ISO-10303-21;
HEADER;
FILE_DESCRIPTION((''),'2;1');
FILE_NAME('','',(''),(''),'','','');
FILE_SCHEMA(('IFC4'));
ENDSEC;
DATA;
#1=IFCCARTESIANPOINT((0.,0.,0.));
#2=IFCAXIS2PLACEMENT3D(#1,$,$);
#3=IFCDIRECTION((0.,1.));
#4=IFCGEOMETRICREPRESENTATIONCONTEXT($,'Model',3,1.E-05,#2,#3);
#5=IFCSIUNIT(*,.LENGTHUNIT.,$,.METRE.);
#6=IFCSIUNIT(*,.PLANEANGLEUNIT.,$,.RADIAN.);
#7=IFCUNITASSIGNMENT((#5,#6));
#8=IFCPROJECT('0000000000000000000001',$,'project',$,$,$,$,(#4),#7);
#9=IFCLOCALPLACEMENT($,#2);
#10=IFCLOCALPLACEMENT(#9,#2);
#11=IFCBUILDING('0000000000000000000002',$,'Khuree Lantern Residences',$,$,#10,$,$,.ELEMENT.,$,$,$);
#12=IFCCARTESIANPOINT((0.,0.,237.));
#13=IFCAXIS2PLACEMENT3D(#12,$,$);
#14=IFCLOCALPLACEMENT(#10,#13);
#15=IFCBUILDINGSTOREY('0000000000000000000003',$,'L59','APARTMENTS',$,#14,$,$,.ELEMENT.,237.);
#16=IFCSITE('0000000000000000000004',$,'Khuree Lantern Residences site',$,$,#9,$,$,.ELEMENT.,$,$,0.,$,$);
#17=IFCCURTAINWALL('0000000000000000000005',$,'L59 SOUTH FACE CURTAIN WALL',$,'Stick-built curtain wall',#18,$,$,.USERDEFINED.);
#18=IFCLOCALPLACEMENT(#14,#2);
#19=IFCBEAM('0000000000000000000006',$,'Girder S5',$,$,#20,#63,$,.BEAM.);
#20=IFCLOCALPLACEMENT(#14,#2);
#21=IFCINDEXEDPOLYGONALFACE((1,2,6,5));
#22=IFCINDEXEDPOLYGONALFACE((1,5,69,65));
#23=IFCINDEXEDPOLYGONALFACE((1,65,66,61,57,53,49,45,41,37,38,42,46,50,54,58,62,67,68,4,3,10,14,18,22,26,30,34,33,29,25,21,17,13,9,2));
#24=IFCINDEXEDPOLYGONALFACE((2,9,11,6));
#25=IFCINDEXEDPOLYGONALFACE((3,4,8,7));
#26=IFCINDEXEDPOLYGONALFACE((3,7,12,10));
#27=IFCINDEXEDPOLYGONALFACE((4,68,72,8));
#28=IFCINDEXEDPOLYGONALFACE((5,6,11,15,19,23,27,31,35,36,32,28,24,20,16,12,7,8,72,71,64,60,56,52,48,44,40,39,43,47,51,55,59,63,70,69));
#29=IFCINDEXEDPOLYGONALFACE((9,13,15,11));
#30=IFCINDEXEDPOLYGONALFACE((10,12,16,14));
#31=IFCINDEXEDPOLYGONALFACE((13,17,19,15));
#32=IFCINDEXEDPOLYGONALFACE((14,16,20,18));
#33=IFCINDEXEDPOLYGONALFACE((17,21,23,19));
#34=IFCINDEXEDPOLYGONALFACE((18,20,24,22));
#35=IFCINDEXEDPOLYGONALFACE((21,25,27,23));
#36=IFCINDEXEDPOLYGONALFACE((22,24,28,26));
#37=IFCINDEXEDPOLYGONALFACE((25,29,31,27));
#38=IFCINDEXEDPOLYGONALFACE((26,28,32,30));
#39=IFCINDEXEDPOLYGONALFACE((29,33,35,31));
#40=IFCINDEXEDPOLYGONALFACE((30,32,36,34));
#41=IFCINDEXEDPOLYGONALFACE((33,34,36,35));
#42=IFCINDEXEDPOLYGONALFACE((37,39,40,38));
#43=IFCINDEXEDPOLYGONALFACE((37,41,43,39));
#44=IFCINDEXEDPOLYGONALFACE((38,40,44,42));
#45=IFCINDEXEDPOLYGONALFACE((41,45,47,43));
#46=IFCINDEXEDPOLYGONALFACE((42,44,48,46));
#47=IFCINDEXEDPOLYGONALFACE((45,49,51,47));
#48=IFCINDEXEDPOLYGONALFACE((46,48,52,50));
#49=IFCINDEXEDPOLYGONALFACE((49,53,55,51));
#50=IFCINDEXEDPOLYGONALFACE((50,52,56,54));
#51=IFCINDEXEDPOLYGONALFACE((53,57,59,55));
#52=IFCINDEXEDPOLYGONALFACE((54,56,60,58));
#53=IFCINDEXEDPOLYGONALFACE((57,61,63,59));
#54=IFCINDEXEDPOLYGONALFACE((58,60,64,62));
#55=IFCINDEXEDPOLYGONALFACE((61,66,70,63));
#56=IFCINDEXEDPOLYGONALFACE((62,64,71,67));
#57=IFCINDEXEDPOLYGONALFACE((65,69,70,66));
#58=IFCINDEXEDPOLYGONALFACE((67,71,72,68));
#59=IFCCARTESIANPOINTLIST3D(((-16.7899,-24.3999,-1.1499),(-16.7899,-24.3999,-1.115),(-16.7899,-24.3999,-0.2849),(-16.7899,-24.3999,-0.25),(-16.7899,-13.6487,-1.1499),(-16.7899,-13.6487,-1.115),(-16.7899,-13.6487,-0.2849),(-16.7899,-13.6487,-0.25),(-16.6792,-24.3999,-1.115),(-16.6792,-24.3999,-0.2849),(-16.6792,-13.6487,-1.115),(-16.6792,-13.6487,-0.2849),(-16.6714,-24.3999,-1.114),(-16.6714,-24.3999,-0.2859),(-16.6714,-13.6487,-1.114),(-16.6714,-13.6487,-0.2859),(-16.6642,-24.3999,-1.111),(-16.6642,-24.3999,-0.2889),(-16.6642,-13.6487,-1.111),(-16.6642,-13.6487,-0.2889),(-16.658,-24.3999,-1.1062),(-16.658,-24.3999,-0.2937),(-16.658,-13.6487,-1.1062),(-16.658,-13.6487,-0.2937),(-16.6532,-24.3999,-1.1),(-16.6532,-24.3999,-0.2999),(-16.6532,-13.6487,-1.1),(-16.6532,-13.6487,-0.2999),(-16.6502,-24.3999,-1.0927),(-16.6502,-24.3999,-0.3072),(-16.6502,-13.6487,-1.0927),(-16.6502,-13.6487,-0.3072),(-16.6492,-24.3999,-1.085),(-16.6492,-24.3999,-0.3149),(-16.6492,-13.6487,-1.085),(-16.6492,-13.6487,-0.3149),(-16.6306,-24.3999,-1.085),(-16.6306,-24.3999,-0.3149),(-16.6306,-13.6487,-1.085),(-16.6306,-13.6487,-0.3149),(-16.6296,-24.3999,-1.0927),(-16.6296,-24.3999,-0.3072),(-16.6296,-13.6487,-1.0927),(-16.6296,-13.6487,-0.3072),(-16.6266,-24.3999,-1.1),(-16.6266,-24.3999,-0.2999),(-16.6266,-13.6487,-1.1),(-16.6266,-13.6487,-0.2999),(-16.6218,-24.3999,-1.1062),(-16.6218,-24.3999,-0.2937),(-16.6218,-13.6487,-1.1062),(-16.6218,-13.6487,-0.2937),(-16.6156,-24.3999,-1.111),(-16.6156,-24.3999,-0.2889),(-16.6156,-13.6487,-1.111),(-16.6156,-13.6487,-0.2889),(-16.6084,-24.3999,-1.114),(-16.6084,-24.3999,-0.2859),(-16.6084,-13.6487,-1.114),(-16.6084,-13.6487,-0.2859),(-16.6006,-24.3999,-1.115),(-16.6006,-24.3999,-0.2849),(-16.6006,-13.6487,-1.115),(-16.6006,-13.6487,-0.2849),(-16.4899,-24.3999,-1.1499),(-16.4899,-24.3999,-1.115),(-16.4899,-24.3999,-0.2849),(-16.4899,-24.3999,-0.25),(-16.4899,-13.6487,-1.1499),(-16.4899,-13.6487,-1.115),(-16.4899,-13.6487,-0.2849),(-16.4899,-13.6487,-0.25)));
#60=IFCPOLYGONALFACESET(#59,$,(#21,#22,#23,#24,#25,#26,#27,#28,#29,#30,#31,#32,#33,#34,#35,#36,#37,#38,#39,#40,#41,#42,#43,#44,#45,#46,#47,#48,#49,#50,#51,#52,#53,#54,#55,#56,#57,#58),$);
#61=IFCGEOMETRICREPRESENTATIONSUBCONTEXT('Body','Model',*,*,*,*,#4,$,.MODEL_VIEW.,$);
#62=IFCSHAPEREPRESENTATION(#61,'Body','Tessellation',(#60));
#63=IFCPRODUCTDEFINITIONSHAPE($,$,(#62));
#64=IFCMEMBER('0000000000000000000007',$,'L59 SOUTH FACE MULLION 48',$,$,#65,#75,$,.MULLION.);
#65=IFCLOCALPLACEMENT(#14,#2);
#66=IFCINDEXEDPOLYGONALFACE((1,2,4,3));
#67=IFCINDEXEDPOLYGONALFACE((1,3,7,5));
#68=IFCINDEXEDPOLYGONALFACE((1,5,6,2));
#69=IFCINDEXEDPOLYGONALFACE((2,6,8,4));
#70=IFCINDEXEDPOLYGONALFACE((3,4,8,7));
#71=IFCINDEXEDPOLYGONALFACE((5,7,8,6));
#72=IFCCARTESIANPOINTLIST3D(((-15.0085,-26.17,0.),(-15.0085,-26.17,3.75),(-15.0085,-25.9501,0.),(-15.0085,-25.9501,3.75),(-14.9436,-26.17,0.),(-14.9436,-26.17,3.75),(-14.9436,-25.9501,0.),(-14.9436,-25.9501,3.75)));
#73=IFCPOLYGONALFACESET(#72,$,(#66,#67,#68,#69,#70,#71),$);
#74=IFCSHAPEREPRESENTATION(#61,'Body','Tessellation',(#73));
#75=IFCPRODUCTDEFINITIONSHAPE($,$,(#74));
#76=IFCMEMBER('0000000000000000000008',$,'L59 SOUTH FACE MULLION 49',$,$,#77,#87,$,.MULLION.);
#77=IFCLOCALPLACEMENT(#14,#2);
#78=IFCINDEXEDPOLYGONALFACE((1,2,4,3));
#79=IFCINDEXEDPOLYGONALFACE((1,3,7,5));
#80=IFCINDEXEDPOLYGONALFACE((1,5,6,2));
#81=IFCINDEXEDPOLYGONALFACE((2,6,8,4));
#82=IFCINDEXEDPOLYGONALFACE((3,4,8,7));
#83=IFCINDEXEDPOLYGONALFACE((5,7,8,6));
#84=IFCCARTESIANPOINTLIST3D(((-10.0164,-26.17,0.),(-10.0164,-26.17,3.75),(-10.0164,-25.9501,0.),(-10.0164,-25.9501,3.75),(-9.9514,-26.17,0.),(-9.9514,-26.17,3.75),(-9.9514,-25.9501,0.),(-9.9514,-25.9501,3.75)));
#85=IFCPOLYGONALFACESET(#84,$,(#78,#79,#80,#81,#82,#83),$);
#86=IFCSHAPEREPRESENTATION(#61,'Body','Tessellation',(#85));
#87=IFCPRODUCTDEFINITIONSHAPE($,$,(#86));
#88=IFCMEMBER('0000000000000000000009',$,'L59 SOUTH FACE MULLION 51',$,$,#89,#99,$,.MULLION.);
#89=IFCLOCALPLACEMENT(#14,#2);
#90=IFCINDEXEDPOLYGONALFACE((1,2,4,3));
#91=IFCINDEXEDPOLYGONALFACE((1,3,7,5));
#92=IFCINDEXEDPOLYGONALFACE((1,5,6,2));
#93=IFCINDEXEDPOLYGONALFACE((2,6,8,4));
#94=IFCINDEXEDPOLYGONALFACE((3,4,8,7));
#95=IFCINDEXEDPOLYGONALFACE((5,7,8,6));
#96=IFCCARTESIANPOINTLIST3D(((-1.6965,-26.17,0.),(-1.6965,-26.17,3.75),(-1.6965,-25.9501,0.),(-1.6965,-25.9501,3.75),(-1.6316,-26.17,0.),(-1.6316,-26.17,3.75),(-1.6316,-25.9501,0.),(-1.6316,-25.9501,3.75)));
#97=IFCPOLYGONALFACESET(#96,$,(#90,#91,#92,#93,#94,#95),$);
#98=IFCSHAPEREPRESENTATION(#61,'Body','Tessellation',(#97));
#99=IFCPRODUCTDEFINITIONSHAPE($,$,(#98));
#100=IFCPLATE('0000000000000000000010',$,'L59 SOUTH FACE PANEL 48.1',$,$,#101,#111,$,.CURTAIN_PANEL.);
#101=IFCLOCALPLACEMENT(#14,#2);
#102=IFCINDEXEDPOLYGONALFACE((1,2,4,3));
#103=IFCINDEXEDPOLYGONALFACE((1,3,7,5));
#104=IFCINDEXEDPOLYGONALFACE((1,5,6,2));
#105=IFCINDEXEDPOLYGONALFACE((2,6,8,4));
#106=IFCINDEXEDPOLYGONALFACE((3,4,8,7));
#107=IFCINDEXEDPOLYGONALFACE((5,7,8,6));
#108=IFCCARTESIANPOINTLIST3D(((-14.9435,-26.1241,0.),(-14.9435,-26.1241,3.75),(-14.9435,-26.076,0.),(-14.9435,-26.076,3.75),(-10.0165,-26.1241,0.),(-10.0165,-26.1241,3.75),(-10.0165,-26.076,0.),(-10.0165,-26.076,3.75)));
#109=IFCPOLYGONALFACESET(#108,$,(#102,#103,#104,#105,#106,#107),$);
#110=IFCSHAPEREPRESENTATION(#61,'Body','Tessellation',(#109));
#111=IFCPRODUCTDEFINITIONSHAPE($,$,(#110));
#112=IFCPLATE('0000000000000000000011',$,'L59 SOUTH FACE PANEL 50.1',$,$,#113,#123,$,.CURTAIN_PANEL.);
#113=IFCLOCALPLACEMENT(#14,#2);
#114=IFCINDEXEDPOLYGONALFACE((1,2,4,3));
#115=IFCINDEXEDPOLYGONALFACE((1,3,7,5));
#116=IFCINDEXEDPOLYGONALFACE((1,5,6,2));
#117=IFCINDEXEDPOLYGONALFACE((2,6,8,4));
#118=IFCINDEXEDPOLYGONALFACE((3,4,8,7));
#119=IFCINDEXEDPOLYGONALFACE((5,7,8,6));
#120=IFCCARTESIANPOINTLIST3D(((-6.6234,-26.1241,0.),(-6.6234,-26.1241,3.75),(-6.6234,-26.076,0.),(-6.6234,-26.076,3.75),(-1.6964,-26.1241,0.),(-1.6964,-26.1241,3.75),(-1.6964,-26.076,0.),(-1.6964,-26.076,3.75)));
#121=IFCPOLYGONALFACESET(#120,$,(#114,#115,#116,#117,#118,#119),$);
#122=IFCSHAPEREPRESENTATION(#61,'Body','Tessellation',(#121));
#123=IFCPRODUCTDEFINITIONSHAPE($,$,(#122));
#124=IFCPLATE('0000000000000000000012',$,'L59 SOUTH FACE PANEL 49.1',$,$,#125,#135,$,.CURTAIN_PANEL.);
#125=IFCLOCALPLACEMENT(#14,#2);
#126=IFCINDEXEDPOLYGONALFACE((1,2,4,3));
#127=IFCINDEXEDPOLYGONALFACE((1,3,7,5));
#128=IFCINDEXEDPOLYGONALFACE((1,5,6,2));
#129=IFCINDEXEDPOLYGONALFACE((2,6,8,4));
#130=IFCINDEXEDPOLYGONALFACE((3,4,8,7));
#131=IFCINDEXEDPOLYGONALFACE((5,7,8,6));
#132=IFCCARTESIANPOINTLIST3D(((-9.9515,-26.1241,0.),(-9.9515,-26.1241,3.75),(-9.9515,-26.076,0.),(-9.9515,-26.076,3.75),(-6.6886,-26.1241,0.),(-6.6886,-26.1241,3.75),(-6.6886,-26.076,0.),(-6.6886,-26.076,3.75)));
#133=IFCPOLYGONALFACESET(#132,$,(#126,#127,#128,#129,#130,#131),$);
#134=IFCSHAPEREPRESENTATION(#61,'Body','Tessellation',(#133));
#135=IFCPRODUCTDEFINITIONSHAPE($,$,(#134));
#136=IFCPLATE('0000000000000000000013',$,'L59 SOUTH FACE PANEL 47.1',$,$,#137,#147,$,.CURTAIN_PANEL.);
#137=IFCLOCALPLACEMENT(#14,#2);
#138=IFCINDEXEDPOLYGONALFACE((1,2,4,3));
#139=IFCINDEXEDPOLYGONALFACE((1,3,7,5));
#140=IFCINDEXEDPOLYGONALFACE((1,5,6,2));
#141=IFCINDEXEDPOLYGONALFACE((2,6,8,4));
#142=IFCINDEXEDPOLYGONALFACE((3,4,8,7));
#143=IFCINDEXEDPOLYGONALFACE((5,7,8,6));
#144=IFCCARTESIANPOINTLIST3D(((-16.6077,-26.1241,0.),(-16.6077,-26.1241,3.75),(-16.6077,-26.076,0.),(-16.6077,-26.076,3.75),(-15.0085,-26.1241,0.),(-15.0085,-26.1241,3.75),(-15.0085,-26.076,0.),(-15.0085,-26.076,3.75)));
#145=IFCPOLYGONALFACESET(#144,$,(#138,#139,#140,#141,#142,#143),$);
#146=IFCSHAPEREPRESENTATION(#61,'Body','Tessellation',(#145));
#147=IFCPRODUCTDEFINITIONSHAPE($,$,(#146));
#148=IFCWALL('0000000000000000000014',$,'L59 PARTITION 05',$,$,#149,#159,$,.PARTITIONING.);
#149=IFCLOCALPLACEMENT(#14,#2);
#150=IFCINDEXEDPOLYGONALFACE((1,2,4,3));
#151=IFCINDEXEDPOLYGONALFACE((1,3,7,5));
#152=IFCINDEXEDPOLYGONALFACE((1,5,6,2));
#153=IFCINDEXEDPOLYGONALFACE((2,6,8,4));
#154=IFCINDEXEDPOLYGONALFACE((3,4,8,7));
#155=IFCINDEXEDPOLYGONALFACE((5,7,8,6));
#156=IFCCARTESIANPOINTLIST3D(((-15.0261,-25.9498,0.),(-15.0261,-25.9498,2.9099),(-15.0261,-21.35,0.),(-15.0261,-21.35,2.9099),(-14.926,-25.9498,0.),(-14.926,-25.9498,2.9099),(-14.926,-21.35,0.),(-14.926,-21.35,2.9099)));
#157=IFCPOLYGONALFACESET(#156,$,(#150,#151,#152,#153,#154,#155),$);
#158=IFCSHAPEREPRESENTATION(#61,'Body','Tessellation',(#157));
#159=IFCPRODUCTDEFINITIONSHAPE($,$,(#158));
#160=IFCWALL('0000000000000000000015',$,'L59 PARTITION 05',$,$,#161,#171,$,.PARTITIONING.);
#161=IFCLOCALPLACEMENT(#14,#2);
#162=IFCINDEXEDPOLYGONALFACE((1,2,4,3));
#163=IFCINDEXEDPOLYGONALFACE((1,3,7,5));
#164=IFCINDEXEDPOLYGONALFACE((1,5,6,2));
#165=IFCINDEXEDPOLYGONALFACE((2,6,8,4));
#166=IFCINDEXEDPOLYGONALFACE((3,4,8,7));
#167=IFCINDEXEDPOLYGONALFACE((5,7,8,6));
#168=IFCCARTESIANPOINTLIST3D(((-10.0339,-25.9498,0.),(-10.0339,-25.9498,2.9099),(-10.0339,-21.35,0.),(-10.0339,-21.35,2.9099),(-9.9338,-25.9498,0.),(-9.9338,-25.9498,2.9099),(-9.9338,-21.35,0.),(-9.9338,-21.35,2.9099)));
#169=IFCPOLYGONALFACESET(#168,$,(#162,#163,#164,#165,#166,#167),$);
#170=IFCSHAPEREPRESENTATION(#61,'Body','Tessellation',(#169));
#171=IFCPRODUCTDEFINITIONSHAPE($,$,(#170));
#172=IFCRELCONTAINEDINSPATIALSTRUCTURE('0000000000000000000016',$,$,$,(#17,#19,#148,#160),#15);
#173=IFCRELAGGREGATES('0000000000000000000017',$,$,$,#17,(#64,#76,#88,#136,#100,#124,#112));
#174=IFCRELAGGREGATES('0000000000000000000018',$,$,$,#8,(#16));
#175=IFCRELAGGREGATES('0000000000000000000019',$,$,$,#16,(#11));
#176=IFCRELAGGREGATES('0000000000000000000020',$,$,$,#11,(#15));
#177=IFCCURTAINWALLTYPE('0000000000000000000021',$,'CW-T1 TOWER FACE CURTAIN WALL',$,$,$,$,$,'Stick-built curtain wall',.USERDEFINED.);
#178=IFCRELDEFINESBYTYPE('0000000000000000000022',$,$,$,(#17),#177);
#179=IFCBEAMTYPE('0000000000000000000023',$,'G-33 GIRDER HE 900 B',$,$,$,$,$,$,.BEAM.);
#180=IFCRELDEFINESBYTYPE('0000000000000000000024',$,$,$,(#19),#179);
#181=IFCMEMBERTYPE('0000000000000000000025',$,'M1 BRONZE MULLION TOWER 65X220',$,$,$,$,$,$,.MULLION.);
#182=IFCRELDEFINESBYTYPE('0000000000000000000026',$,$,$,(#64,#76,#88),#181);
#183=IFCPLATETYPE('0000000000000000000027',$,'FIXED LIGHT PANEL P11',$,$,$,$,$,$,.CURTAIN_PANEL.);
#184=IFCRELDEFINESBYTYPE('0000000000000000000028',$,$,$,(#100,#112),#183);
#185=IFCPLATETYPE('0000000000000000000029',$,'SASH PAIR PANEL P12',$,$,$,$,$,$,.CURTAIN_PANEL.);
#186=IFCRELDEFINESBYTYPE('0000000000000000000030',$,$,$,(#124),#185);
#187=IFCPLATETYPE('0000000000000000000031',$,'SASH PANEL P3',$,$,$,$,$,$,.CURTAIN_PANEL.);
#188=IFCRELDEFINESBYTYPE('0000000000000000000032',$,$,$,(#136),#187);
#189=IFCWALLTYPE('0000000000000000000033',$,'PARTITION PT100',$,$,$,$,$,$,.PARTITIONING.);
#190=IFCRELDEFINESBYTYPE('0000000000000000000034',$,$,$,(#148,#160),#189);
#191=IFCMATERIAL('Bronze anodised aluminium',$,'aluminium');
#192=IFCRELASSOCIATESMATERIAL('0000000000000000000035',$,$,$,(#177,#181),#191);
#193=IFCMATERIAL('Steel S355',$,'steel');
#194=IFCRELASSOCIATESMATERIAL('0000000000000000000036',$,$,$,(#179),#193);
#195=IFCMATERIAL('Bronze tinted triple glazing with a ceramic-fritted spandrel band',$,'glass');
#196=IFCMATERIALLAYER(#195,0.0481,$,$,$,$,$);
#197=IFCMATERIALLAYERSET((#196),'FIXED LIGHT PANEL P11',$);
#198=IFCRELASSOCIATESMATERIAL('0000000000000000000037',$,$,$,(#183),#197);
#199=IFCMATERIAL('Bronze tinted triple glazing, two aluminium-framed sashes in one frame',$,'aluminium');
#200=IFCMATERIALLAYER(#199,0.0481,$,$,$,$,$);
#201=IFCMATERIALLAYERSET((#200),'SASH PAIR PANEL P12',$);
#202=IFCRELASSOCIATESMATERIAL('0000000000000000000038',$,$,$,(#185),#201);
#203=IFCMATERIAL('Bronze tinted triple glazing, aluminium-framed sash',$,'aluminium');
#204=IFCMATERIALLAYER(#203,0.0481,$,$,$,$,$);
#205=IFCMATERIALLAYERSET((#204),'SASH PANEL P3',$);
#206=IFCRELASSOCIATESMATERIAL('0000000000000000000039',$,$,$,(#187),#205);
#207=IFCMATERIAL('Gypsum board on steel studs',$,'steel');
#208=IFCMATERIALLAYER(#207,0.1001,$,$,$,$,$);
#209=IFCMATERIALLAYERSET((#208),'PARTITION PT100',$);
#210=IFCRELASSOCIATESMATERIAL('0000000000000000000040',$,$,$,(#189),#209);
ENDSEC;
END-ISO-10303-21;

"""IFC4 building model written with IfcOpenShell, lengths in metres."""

from ifc_helpers import new_model, si_unit, direction, frame, frame_2d, origin, origin_2d, place, context, subcontext, project, spatial, rectangle, i_section, extrude, material, layer, layer_set, material_profile, profile_set, type_object, element, aggregate, save


model = new_model("IFC4")

# Units and contexts
model_context = context("Model", 3, precision=1e-05, world=origin(), true_north=direction((0.0, 1.0)))
body_context = subcontext(model_context, "Body", "Model", "MODEL_VIEW")
ifc_project = project(units=[si_unit("LENGTHUNIT", "METRE"), si_unit("PLANEANGLEUNIT", "RADIAN")], contexts=[model_context])

# Site, building, storey
site_placement = place(None, origin())
site = spatial("IfcSite", under=ifc_project, at=site_placement, Name="Khuree Lantern Residences site", CompositionType="ELEMENT", RefElevation=0.0)
building_placement = place(site_placement, origin())
building = spatial("IfcBuilding", under=site, at=building_placement, Name="Khuree Lantern Residences", CompositionType="ELEMENT")
storey_placement = place(building_placement, frame((0.0, 0.0, 237.0)))
storey = spatial("IfcBuildingStorey", under=building, at=storey_placement, Name="L59", Description="APARTMENTS", CompositionType="ELEMENT", Elevation=237.0)

# Shared definitions
ifc_material_1 = material(Name="Steel S355", Category="steel")

# Curtain wall
ifc_material_2 = material(Name="Bronze anodised aluminium", Category="aluminium")
curtain_wall_type = type_object("IfcCurtainWallType", Name="CW-T1 TOWER FACE CURTAIN WALL", ElementType="Stick-built curtain wall", PredefinedType="USERDEFINED", material=ifc_material_2)
curtain_wall_placement = place(storey_placement, origin())
curtain_wall = element("IfcCurtainWall", 1, at=curtain_wall_placement, inside=storey, type_object=curtain_wall_type, Name="L59 SOUTH FACE CURTAIN WALL", ObjectType="Stick-built curtain wall", PredefinedType="USERDEFINED")

# Beam
ifc_material_profile_1 = material_profile(ifc_material_1, i_section(OverallWidth=0.3, OverallDepth=0.8999, WebThickness=0.0186, FlangeThickness=0.0349, FilletRadius=0.03, at=origin_2d()), Name="HE 900 B")
ifc_profile_set_1 = profile_set([ifc_material_profile_1], Name="Steel S355")
beam_type_1 = type_object("IfcBeamType", Name="G-33 GIRDER HE 900 B", PredefinedType="BEAM", material=ifc_profile_set_1)
beam_1_placement = place(storey_placement, frame((-16.6399, -24.3999, -0.7), z_axis=(0.0, 1.0, 0.0), x_axis=(-1.0, 0.0, 0.0)))
element("IfcBeam", 2, at=beam_1_placement, inside=storey, type_object=beam_type_1, Name="Girder S5", PredefinedType="BEAM", context=body_context, shape_type="SweptSolid", body=[
    extrude(i_section(OverallWidth=0.3, OverallDepth=0.8999, WebThickness=0.0186, FlangeThickness=0.0349, FilletRadius=0.03, at=origin_2d()), origin(), (0.0, 0.0, 1.0), 10.7512),
])

# Members
ifc_material_profile_2 = material_profile(ifc_material_2, rectangle(XDim=0.0649, YDim=0.22, at=origin_2d()), Name="M1 65X220")
ifc_profile_set_2 = profile_set([ifc_material_profile_2], Name="Bronze anodised aluminium")
member_type_1 = type_object("IfcMemberType", Name="M1 BRONZE MULLION TOWER 65X220", PredefinedType="MULLION", material=ifc_profile_set_2)
member_1_placement = place(storey_placement, frame((-14.9761, -26.0601, 0.0), z_axis=(0.0, 0.0, 1.0), x_axis=(1.0, 0.0, 0.0)))
member_1 = element("IfcMember", 3, at=member_1_placement, type_object=member_type_1, Name="L59 SOUTH FACE MULLION 48", PredefinedType="MULLION", context=body_context, shape_type="SweptSolid", body=[
    extrude(rectangle(XDim=0.0649, YDim=0.22, at=origin_2d()), origin(), (0.0, 0.0, 1.0), 3.75),
])
member_2_placement = place(storey_placement, frame((-9.9839, -26.0601, 0.0), z_axis=(0.0, 0.0, 1.0), x_axis=(1.0, 0.0, 0.0)))
member_2 = element("IfcMember", 4, at=member_2_placement, type_object=member_type_1, Name="L59 SOUTH FACE MULLION 49", PredefinedType="MULLION", context=body_context, shape_type="SweptSolid", body=[
    extrude(rectangle(XDim=0.0649, YDim=0.22, at=origin_2d()), origin(), (0.0, 0.0, 1.0), 3.75),
])
member_3_placement = place(storey_placement, frame((-1.6641, -26.0601, 0.0), z_axis=(0.0, 0.0, 1.0), x_axis=(1.0, 0.0, 0.0)))
member_3 = element("IfcMember", 5, at=member_3_placement, type_object=member_type_1, Name="L59 SOUTH FACE MULLION 51", PredefinedType="MULLION", context=body_context, shape_type="SweptSolid", body=[
    extrude(rectangle(XDim=0.0649, YDim=0.22, at=origin_2d()), origin(), (0.0, 0.0, 1.0), 3.75),
])

# Plates
ifc_material_3 = material(Name="Bronze tinted triple glazing with a ceramic-fritted spandrel band", Category="glass")
ifc_layer_1 = layer(ifc_material_3, 0.0481)
ifc_layer_set_1 = layer_set([ifc_layer_1], Name="FIXED LIGHT PANEL P11")
plate_type_1 = type_object("IfcPlateType", Name="FIXED LIGHT PANEL P11", PredefinedType="CURTAIN_PANEL", material=ifc_layer_set_1)
plate_1_placement = place(storey_placement, frame((-12.48, -26.1001, 0.0), z_axis=(0.0, 0.0, 1.0), x_axis=(1.0, 0.0, 0.0)))
plate_1 = element("IfcPlate", 6, at=plate_1_placement, type_object=plate_type_1, Name="L59 SOUTH FACE PANEL 48.1", PredefinedType="CURTAIN_PANEL", context=body_context, shape_type="SweptSolid", body=[
    extrude(rectangle(XDim=4.927, YDim=0.0481, at=origin_2d()), origin(), (0.0, 0.0, 1.0), 3.75),
])
plate_2_placement = place(storey_placement, frame((-4.1599, -26.1001, 0.0), z_axis=(0.0, 0.0, 1.0), x_axis=(1.0, 0.0, 0.0)))
plate_2 = element("IfcPlate", 7, at=plate_2_placement, type_object=plate_type_1, Name="L59 SOUTH FACE PANEL 50.1", PredefinedType="CURTAIN_PANEL", context=body_context, shape_type="SweptSolid", body=[
    extrude(rectangle(XDim=4.927, YDim=0.0481, at=origin_2d()), origin(), (0.0, 0.0, 1.0), 3.75),
])
ifc_material_4 = material(Name="Bronze tinted triple glazing, two aluminium-framed sashes in one frame", Category="aluminium")
ifc_layer_2 = layer(ifc_material_4, 0.0481)
ifc_layer_set_2 = layer_set([ifc_layer_2], Name="SASH PAIR PANEL P12")
plate_type_2 = type_object("IfcPlateType", Name="SASH PAIR PANEL P12", PredefinedType="CURTAIN_PANEL", material=ifc_layer_set_2)
plate_3_placement = place(storey_placement, frame((-8.3201, -26.1001, 0.0), z_axis=(0.0, 0.0, 1.0), x_axis=(1.0, 0.0, 0.0)))
plate_3 = element("IfcPlate", 8, at=plate_3_placement, type_object=plate_type_2, Name="L59 SOUTH FACE PANEL 49.1", PredefinedType="CURTAIN_PANEL", context=body_context, shape_type="SweptSolid", body=[
    extrude(rectangle(XDim=3.2629, YDim=0.0481, at=origin_2d()), origin(), (0.0, 0.0, 1.0), 3.75),
])
ifc_material_5 = material(Name="Bronze tinted triple glazing, aluminium-framed sash", Category="aluminium")
ifc_layer_3 = layer(ifc_material_5, 0.0481)
ifc_layer_set_3 = layer_set([ifc_layer_3], Name="SASH PANEL P3")
plate_type_3 = type_object("IfcPlateType", Name="SASH PANEL P3", PredefinedType="CURTAIN_PANEL", material=ifc_layer_set_3)
plate_4_placement = place(storey_placement, frame((-15.8081, -26.1001, 0.0), z_axis=(0.0, 0.0, 1.0), x_axis=(1.0, 0.0, 0.0)))
plate_4 = element("IfcPlate", 9, at=plate_4_placement, type_object=plate_type_3, Name="L59 SOUTH FACE PANEL 47.1", PredefinedType="CURTAIN_PANEL", context=body_context, shape_type="SweptSolid", body=[
    extrude(rectangle(XDim=1.5991, YDim=0.0481, at=origin_2d()), origin(), (0.0, 0.0, 1.0), 3.75),
])
aggregate(curtain_wall, [member_1, member_2, member_3, plate_4, plate_1, plate_3, plate_2])

# Walls
ifc_material_6 = material(Name="Gypsum board on steel studs", Category="steel")
ifc_layer_4 = layer(ifc_material_6, 0.1001)
ifc_layer_set_4 = layer_set([ifc_layer_4], Name="PARTITION PT100")
wall_type = type_object("IfcWallType", Name="PARTITION PT100", PredefinedType="PARTITIONING", material=ifc_layer_set_4)
for number, where, z_axis, x_axis, name in (
    (10, (-14.9761, -21.3501, 0.0), (0.0, 0.0, 1.0), (0.0, -1.0, 0.0), "L59 PARTITION 05"),
    (11, (-9.9839, -21.3501, 0.0), (0.0, 0.0, 1.0), (0.0, -1.0, 0.0), "L59 PARTITION 05"),
):
    element("IfcWall", number, at=place(storey_placement, frame(where, z_axis=z_axis, x_axis=x_axis)), inside=storey, type_object=wall_type, Name=name, PredefinedType="PARTITIONING", context=body_context, shape_type="SweptSolid", body=[
        extrude(rectangle(XDim=4.5999, YDim=0.1001, at=frame_2d((2.2998, 0.0))), origin(), (0.0, 0.0, 1.0), 2.9099),
    ])

save(model, "model.ifc")
